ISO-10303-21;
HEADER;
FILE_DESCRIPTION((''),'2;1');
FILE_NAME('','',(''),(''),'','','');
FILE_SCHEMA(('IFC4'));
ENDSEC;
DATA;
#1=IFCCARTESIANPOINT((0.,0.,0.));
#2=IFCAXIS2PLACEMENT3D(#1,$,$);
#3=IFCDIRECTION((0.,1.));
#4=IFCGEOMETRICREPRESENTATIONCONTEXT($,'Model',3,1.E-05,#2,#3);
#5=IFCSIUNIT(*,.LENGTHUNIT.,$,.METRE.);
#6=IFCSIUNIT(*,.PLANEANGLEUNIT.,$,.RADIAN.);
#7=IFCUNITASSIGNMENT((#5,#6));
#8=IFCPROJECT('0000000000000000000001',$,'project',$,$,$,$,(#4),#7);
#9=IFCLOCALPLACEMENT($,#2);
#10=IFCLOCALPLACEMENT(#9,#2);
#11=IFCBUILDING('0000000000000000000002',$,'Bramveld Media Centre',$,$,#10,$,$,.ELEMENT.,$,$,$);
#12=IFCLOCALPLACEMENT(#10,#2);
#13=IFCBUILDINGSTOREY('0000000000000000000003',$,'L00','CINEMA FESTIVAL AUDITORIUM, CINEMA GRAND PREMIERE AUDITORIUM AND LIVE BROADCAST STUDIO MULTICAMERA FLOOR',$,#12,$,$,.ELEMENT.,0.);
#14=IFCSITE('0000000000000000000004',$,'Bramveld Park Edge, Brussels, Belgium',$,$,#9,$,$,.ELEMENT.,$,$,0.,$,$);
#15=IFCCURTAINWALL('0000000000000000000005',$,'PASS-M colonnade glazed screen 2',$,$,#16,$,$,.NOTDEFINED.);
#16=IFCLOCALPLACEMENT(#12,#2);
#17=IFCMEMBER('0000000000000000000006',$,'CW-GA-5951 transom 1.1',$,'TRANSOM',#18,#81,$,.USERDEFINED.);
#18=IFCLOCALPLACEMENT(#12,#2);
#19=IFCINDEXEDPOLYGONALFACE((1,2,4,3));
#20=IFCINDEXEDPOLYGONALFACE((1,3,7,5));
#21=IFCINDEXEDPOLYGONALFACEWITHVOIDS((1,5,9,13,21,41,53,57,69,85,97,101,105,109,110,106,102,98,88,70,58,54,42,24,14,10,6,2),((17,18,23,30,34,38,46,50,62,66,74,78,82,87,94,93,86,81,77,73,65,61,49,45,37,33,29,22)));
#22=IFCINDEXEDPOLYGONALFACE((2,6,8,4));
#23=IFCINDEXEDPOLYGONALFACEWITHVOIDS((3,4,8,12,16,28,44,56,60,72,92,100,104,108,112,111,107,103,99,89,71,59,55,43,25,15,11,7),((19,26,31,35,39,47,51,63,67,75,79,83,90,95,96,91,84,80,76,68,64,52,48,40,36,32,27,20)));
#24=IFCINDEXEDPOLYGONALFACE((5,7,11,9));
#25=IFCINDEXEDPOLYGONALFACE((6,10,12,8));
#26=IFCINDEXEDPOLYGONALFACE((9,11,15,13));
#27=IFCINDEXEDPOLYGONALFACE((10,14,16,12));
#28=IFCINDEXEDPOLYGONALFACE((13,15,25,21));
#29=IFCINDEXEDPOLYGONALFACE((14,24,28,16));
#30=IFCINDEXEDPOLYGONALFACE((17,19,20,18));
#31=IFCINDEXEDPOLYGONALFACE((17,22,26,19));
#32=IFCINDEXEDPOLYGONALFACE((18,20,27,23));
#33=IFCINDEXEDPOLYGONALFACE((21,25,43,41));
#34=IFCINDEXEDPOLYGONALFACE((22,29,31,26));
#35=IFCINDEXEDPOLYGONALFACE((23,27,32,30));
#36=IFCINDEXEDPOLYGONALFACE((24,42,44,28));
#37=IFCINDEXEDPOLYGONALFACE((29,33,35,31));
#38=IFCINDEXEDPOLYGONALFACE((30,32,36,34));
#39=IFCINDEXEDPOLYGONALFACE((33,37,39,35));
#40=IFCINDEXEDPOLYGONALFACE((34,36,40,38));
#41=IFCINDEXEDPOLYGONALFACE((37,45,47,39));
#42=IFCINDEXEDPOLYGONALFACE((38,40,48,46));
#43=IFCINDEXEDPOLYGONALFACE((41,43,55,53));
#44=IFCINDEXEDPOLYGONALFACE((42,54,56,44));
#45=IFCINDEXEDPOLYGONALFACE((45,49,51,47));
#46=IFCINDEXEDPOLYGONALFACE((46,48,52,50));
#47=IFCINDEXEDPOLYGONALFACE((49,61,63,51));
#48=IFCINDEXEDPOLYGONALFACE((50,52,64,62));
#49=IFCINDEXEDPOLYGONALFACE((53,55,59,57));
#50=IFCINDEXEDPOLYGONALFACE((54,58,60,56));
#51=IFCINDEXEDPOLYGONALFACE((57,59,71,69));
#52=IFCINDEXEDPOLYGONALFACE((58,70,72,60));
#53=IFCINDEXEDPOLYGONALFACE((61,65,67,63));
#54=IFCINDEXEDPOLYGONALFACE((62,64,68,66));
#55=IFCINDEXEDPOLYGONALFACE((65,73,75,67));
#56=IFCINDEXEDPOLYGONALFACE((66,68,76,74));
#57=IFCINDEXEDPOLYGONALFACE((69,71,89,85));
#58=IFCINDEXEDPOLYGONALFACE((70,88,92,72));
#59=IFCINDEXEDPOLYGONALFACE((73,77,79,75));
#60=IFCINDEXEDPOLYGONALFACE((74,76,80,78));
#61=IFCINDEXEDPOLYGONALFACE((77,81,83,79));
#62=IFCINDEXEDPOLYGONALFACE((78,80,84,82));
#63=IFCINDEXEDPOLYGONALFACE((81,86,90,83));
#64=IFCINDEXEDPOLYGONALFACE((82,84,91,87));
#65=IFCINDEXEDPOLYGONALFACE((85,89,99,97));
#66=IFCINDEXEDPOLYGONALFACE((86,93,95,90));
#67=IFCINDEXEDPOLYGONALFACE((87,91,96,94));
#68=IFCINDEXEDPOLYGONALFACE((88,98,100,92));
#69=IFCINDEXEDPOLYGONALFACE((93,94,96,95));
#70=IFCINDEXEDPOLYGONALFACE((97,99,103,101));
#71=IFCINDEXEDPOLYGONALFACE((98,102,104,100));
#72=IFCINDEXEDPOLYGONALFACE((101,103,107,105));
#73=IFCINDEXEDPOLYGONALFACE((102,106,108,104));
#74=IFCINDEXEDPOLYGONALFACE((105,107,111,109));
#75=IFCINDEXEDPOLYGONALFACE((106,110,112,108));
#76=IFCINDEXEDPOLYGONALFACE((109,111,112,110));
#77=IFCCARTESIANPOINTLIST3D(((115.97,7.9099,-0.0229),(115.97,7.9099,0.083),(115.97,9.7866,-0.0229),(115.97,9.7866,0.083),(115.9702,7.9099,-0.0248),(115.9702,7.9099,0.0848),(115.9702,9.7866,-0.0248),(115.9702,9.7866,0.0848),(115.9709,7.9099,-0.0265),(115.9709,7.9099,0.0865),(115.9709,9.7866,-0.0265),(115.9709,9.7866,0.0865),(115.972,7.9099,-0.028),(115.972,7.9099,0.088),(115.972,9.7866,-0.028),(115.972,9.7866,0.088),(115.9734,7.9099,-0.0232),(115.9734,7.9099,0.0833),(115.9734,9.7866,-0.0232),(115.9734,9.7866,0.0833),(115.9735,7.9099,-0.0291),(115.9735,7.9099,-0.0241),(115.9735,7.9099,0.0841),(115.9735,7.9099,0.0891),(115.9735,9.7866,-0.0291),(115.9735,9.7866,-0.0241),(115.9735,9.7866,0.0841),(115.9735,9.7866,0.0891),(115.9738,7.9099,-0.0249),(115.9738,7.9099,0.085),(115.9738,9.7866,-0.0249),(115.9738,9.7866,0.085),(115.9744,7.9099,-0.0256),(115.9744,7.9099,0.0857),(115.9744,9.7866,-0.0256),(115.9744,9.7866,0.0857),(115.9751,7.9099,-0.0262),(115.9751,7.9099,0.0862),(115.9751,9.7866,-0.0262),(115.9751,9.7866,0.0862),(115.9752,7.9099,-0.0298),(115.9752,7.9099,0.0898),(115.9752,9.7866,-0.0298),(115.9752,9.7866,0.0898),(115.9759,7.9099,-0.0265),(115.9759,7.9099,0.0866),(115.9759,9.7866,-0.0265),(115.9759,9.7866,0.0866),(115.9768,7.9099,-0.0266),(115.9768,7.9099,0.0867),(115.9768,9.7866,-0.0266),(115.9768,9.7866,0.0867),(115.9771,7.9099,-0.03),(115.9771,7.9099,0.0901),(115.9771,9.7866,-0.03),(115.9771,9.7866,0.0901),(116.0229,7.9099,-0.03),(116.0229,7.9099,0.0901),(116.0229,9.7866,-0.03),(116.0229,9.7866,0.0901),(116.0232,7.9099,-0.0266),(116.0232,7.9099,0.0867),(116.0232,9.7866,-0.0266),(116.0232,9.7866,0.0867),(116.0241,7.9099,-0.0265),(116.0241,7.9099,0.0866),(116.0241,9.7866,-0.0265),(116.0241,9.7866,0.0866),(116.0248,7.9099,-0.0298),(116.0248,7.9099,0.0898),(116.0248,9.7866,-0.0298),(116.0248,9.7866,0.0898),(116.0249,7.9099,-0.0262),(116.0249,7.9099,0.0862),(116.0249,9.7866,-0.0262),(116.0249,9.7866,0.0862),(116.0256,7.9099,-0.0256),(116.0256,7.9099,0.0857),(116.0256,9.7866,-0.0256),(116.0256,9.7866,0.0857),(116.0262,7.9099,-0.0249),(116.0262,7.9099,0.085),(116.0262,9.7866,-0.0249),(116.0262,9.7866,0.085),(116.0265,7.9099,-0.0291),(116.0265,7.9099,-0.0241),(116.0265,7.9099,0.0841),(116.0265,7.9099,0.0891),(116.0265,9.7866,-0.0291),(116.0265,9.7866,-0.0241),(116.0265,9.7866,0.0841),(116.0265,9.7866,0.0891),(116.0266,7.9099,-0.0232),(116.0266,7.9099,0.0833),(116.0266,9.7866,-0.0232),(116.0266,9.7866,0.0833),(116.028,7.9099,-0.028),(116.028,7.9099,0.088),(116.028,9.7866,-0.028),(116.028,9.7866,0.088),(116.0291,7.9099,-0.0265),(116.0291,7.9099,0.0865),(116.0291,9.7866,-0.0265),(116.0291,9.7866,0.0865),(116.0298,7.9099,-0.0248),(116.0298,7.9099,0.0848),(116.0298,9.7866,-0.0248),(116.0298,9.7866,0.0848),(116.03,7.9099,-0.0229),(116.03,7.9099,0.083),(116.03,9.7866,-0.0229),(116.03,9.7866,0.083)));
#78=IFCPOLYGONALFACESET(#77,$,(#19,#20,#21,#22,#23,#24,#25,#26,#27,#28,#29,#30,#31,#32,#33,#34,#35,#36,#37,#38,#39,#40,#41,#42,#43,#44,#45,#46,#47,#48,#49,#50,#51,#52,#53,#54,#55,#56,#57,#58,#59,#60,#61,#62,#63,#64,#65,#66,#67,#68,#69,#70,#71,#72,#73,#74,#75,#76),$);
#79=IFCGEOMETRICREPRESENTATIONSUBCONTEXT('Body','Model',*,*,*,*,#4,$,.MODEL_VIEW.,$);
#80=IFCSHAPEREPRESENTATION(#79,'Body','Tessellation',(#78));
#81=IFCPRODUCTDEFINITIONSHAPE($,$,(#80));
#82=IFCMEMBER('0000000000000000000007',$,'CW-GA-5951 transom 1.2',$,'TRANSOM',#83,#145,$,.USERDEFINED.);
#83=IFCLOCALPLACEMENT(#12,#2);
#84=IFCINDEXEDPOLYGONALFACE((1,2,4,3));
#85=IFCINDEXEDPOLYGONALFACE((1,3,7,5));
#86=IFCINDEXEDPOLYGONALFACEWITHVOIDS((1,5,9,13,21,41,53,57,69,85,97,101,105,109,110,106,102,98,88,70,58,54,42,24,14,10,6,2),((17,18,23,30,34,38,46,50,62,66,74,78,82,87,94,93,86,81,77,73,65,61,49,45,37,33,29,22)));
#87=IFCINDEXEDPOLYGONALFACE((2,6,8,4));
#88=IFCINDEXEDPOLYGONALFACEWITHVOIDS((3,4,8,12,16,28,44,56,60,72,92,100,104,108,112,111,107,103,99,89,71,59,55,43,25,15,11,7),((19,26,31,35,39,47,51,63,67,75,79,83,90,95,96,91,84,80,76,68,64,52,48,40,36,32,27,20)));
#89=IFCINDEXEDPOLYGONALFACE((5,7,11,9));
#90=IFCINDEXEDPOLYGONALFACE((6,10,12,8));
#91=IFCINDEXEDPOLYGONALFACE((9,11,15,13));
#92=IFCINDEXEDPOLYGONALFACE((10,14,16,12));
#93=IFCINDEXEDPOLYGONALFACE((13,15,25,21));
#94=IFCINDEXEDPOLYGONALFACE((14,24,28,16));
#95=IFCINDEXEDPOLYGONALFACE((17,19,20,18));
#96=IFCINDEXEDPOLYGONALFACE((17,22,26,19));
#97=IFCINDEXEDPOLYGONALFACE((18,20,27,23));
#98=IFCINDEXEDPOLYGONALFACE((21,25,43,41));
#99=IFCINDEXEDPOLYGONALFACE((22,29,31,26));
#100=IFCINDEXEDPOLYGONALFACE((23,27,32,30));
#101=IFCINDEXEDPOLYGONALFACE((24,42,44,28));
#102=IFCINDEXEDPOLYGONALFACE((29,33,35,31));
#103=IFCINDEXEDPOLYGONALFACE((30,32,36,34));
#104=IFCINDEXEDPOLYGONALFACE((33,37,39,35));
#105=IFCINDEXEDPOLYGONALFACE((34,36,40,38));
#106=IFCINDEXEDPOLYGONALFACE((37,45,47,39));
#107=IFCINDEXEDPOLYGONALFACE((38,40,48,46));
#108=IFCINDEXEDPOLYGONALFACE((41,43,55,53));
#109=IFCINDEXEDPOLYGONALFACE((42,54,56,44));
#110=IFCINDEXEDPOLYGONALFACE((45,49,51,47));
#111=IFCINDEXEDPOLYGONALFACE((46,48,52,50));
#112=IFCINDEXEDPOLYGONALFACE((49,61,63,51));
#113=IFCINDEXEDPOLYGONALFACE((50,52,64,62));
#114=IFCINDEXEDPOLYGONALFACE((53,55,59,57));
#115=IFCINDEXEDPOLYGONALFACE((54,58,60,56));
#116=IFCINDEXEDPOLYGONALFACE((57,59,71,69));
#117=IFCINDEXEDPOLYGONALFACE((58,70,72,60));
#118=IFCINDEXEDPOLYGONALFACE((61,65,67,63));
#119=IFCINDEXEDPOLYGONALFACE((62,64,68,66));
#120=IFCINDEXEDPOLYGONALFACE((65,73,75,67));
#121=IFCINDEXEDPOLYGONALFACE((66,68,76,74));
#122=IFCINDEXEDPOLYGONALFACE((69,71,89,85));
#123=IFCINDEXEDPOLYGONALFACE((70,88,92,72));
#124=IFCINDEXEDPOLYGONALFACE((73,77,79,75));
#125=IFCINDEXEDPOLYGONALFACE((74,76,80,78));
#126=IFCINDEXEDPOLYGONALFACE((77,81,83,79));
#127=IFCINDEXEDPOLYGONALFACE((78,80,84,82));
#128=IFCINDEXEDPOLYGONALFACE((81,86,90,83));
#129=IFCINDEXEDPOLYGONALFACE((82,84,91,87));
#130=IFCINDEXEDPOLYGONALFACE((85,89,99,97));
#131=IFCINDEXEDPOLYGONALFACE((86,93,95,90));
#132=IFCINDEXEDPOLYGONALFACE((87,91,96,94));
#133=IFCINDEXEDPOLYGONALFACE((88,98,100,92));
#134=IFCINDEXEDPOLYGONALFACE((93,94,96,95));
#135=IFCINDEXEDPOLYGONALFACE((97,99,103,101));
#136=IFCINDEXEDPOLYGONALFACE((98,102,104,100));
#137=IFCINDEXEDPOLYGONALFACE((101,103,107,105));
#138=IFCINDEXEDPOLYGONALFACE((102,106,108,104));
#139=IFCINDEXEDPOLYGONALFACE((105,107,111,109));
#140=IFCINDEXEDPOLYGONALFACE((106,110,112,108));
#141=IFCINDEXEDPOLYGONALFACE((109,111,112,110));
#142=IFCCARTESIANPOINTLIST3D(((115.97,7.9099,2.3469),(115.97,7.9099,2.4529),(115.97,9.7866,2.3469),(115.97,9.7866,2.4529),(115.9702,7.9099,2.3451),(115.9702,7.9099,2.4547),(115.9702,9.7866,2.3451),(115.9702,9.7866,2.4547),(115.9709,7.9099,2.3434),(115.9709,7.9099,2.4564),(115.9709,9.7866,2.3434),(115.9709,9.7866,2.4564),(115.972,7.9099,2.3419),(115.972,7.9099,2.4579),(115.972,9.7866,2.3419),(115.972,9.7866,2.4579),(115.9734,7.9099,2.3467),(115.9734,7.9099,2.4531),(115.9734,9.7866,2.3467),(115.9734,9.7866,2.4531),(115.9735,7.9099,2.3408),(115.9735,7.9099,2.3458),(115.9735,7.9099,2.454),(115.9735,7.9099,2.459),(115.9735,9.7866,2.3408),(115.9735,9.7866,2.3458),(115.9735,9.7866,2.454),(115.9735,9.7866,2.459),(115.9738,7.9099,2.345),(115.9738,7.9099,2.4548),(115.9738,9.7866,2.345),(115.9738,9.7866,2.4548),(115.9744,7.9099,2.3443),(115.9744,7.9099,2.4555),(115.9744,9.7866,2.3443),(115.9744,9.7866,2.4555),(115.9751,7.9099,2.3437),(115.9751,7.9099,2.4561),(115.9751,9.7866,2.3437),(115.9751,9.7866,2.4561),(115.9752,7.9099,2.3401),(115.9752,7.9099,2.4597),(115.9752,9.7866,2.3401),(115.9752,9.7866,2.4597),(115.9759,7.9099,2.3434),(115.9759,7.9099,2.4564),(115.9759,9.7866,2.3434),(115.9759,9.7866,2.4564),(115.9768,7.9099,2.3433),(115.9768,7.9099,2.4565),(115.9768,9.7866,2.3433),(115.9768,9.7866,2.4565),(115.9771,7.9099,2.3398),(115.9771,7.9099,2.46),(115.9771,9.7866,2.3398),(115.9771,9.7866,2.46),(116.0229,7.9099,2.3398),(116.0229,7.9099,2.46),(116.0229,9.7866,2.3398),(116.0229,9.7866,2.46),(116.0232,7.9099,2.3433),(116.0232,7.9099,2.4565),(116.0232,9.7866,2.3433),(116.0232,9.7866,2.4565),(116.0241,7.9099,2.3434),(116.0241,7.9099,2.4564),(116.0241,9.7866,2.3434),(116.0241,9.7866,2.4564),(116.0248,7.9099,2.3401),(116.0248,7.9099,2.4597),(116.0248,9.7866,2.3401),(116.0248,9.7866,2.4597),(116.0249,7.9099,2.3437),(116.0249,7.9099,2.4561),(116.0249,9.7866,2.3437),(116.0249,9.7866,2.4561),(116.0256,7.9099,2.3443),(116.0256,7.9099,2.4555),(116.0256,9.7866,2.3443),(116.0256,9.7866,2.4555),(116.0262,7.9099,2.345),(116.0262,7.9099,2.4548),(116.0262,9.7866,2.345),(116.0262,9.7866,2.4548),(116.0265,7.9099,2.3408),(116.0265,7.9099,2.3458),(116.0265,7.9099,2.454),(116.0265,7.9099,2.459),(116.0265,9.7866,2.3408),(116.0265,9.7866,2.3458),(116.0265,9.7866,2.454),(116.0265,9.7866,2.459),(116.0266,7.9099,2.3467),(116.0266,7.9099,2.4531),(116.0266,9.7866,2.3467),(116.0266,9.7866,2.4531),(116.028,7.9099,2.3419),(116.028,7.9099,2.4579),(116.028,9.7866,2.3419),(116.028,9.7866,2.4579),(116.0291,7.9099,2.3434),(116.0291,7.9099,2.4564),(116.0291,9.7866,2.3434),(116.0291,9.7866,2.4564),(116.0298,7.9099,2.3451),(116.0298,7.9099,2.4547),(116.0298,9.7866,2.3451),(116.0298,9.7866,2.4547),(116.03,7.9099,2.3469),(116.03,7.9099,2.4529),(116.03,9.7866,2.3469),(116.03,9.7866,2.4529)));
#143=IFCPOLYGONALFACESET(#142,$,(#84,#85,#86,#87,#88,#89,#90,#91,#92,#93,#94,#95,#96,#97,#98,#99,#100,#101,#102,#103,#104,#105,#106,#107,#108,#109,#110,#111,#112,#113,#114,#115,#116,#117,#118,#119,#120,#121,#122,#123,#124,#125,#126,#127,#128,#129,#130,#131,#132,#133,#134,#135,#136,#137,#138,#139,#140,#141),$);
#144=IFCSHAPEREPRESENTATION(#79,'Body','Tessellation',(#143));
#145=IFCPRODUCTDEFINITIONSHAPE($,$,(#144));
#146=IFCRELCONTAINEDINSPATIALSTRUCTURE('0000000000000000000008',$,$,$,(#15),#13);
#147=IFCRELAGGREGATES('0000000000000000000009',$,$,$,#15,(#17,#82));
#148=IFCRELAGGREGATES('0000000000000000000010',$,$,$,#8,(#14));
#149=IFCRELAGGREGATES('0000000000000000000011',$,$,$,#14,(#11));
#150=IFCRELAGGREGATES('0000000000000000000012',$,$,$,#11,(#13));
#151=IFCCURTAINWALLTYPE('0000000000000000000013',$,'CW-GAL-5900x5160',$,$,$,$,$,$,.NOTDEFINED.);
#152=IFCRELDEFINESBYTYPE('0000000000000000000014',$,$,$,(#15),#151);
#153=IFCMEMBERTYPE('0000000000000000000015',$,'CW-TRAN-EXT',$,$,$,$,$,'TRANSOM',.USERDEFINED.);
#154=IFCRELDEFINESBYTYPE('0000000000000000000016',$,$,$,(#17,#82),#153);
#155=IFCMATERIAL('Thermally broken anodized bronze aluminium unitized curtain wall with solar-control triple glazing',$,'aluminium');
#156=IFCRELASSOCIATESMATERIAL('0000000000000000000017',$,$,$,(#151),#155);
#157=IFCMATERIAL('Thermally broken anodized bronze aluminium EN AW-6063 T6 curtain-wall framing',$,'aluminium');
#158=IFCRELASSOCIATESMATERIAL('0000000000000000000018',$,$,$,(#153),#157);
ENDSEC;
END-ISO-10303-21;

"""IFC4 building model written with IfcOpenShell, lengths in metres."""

from ifc_helpers import new_model, si_unit, direction, frame, origin, origin_2d, place, context, subcontext, project, spatial, hollow_rectangle, extrude, material, material_profile, profile_set, type_object, element, aggregate, save


model = new_model("IFC4")

# Units and contexts
model_context = context("Model", 3, precision=1e-05, world=origin(), true_north=direction((0.0, 1.0)))
body_context = subcontext(model_context, "Body", "Model", "MODEL_VIEW")
ifc_project = project(units=[si_unit("LENGTHUNIT", "METRE"), si_unit("PLANEANGLEUNIT", "RADIAN")], contexts=[model_context])

# Site, building, storey
site_placement = place(None, origin())
site = spatial("IfcSite", under=ifc_project, at=site_placement, Name="Bramveld Park Edge, Brussels, Belgium", CompositionType="ELEMENT", RefElevation=0.0)
building_placement = place(site_placement, origin())
building = spatial("IfcBuilding", under=site, at=building_placement, Name="Bramveld Media Centre", CompositionType="ELEMENT")
storey_placement = place(building_placement, origin())
storey = spatial("IfcBuildingStorey", under=building, at=storey_placement, Name="L00", Description="CINEMA FESTIVAL AUDITORIUM, CINEMA GRAND PREMIERE AUDITORIUM AND LIVE BROADCAST STUDIO MULTICAMERA FLOOR", CompositionType="ELEMENT", Elevation=0.0)

# Curtain wall
ifc_material_1 = material(Name="Thermally broken anodized bronze aluminium unitized curtain wall with solar-control triple glazing", Category="aluminium")
curtain_wall_type = type_object("IfcCurtainWallType", Name="CW-GAL-5900x5160", PredefinedType="NOTDEFINED", material=ifc_material_1)
curtain_wall_1_placement = place(storey_placement, origin())
curtain_wall_1 = element("IfcCurtainWall", 1, at=curtain_wall_1_placement, inside=storey, type_object=curtain_wall_type, Name="PASS-M colonnade glazed screen 2", PredefinedType="NOTDEFINED")

# Members
ifc_material_2 = material(Name="Thermally broken anodized bronze aluminium EN AW-6063 T6 curtain-wall framing", Category="aluminium")
ifc_material_profile_1 = material_profile(ifc_material_2, hollow_rectangle(XDim=0.0601, YDim=0.1201, WallThickness=0.0034, InnerFilletRadius=0.0034, OuterFilletRadius=0.0071, at=origin_2d()), Name="AL-TRAN 60x120")
ifc_profile_set_1 = profile_set([ifc_material_profile_1], Name="Thermally broken anodized bronze aluminium EN AW-6063 T6 curtain-wall framing")
member_type_1 = type_object("IfcMemberType", Name="CW-TRAN-EXT", ElementType="TRANSOM", PredefinedType="USERDEFINED", material=ifc_profile_set_1)
member_1_placement = place(storey_placement, frame((116.0, 7.9099, 0.03), z_axis=(0.0, 1.0, 0.0), x_axis=(-1.0, 0.0, 0.0)))
member_1 = element("IfcMember", 2, at=member_1_placement, type_object=member_type_1, Name="CW-GA-5951 transom 1.1", ObjectType="TRANSOM", PredefinedType="USERDEFINED", context=body_context, shape_type="SweptSolid", body=[
    extrude(hollow_rectangle(XDim=0.0601, YDim=0.1201, WallThickness=0.0034, InnerFilletRadius=0.0034, OuterFilletRadius=0.0071, at=origin_2d()), origin(), (0.0, 0.0, 1.0), 1.8767),
])
member_2_placement = place(storey_placement, frame((116.0, 7.9099, 2.3999), z_axis=(0.0, 1.0, 0.0), x_axis=(-1.0, 0.0, 0.0)))
member_2 = element("IfcMember", 3, at=member_2_placement, type_object=member_type_1, Name="CW-GA-5951 transom 1.2", ObjectType="TRANSOM", PredefinedType="USERDEFINED", context=body_context, shape_type="SweptSolid", body=[
    extrude(hollow_rectangle(XDim=0.0601, YDim=0.1201, WallThickness=0.0034, InnerFilletRadius=0.0034, OuterFilletRadius=0.0071, at=origin_2d()), origin(), (0.0, 0.0, 1.0), 1.8767),
])
aggregate(curtain_wall_1, [member_1, member_2])

save(model, "model.ifc")
